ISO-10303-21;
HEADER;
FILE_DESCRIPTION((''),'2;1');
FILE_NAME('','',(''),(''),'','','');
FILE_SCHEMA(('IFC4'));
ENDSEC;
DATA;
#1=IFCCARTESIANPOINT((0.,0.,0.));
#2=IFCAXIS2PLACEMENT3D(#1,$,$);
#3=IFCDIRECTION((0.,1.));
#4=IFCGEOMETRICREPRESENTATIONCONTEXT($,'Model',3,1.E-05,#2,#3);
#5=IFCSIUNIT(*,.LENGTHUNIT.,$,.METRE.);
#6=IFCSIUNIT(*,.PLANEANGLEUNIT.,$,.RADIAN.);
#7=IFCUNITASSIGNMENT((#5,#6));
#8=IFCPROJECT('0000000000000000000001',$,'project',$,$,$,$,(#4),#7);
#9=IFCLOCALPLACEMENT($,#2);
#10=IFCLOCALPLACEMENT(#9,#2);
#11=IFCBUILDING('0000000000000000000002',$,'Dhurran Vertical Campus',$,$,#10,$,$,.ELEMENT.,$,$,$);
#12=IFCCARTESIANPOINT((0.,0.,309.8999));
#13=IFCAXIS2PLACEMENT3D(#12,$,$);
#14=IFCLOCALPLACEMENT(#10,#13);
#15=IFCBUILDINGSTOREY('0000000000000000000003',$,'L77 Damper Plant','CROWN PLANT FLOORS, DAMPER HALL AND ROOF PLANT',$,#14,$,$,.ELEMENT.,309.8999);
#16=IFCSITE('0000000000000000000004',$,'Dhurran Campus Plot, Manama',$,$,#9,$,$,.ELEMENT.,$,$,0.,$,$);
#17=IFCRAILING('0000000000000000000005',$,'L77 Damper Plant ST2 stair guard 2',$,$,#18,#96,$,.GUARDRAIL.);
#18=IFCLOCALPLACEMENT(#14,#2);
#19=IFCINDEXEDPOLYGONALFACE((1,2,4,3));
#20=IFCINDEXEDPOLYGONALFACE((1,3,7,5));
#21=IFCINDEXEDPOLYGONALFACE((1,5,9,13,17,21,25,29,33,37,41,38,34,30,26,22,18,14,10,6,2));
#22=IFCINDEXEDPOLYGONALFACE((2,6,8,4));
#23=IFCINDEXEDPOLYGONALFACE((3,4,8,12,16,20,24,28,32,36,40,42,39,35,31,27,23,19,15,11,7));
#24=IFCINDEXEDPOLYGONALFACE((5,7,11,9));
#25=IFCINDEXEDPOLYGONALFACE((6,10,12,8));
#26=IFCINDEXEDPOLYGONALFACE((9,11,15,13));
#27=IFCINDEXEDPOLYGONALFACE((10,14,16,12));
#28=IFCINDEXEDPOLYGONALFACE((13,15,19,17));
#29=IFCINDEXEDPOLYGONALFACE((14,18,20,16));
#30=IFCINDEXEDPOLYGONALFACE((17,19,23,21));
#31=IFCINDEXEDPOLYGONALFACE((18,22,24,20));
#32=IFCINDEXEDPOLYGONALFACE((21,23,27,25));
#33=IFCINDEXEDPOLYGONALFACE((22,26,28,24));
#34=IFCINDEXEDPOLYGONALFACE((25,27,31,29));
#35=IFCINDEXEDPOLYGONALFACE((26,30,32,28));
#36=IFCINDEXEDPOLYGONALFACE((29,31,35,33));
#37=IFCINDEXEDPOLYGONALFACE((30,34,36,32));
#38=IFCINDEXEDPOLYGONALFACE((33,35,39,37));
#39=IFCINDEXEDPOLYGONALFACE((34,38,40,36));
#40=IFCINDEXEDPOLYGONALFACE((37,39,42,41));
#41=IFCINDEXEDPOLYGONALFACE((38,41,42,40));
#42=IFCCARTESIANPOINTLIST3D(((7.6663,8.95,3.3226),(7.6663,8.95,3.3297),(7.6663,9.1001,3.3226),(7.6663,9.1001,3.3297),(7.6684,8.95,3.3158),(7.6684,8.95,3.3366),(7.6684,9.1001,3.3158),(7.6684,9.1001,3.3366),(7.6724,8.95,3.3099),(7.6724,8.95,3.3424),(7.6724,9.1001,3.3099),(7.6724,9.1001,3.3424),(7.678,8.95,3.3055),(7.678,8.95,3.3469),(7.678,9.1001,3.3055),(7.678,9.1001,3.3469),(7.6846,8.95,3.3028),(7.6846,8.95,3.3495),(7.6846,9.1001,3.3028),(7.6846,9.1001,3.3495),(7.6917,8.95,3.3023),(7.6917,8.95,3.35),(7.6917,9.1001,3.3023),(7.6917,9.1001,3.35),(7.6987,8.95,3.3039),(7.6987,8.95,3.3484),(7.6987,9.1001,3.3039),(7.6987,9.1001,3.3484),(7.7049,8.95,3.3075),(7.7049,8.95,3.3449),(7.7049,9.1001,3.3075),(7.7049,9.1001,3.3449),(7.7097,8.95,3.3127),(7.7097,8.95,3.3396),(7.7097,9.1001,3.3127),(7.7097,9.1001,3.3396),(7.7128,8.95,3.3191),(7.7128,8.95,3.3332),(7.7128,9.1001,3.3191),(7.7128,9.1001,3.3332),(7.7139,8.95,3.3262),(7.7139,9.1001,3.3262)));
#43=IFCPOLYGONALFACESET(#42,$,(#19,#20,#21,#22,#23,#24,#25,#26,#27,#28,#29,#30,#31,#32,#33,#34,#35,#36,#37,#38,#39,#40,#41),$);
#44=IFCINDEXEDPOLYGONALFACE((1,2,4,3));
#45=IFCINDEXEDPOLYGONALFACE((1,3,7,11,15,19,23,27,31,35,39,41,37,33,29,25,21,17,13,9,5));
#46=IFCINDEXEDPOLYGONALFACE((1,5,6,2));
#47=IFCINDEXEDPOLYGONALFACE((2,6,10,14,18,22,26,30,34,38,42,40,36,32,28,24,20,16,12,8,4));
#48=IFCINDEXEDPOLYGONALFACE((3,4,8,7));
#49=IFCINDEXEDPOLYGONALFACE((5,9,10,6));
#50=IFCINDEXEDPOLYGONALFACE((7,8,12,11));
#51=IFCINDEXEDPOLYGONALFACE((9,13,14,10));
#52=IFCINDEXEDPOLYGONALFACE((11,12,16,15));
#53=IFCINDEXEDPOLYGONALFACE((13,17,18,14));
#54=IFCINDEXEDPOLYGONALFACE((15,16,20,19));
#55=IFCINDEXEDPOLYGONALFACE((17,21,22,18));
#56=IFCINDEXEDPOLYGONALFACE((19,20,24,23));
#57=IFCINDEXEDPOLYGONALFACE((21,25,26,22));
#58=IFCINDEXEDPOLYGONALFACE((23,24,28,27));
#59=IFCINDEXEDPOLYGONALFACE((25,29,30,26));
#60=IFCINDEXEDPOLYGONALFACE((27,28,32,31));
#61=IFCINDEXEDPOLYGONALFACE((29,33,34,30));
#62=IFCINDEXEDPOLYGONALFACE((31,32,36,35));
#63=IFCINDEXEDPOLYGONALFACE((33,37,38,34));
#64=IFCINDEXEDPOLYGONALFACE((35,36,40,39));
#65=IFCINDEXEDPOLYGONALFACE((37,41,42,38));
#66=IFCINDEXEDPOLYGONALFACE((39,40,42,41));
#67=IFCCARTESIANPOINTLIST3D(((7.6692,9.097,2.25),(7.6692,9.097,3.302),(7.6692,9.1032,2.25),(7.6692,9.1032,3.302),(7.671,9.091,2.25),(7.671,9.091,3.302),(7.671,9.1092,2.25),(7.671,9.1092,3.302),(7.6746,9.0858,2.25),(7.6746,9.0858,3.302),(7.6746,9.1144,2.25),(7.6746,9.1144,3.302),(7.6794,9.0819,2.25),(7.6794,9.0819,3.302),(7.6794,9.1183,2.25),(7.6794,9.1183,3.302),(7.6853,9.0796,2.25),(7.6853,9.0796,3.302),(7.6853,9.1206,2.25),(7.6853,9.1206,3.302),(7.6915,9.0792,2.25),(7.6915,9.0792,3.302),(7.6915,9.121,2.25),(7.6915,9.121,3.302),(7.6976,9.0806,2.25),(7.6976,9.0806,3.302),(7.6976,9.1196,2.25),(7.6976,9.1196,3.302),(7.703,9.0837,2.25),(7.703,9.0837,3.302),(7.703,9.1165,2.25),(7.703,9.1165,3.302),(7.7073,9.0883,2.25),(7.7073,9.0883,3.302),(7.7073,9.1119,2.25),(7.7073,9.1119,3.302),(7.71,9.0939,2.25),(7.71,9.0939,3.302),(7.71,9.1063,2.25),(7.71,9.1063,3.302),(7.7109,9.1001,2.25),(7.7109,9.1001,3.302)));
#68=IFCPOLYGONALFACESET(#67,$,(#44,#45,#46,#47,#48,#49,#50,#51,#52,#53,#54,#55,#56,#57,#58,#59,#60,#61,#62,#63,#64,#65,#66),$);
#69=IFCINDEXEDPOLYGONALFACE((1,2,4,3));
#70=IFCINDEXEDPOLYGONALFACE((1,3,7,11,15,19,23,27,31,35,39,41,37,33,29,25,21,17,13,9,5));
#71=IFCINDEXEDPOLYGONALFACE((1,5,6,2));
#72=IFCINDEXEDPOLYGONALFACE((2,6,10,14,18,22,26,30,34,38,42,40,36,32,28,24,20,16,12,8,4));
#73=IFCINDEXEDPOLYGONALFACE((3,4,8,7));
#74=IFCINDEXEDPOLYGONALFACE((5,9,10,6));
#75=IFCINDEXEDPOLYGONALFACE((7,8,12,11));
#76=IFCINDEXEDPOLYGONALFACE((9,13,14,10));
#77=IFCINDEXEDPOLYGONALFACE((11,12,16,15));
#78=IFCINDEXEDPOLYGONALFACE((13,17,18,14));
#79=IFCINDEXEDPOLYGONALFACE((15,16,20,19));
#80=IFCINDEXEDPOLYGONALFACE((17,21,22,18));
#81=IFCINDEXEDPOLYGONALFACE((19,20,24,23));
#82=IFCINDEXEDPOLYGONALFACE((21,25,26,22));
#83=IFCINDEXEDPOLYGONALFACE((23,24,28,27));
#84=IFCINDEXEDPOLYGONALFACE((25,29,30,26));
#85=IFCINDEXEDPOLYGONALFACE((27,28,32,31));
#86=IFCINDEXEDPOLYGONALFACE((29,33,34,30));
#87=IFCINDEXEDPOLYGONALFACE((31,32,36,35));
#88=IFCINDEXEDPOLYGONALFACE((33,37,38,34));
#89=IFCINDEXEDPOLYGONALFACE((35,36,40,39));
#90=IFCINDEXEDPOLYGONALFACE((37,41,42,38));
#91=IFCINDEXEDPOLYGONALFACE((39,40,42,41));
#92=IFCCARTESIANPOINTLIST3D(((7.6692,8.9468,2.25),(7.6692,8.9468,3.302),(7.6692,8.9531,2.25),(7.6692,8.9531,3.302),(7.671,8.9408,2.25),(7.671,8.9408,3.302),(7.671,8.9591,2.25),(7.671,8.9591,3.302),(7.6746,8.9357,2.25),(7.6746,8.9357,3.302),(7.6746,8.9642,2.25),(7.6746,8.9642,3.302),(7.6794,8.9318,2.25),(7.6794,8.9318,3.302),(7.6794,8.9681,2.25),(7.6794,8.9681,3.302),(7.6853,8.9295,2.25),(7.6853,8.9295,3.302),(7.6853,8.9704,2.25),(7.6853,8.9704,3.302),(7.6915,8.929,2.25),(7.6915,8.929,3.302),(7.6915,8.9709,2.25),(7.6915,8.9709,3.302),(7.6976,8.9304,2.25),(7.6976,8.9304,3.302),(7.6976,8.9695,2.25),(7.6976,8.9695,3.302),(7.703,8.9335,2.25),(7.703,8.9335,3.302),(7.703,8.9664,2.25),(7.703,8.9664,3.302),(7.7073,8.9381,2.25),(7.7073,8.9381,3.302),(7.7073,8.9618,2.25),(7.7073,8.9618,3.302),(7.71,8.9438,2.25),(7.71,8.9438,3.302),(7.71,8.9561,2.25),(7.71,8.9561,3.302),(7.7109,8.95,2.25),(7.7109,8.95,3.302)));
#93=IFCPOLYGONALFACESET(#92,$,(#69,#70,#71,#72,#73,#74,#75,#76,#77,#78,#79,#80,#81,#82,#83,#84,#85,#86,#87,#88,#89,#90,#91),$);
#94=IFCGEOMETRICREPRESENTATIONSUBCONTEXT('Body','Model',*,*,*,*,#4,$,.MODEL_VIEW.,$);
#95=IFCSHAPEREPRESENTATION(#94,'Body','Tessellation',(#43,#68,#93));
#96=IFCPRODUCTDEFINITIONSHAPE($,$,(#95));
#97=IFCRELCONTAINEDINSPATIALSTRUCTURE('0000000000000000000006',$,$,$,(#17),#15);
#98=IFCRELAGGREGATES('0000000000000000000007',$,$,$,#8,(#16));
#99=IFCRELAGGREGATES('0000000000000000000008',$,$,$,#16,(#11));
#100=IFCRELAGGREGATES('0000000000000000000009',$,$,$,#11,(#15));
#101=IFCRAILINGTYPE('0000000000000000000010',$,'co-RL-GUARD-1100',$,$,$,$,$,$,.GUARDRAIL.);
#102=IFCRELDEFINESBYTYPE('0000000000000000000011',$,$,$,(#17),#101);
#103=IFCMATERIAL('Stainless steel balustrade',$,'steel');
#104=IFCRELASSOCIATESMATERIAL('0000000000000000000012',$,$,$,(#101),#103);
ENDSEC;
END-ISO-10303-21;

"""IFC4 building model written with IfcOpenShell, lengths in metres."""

from ifc_helpers import new_model, si_unit, direction, frame, origin, origin_2d, place, context, subcontext, project, spatial, circle, extrude, material, type_object, element, save


model = new_model("IFC4")

# Units and contexts
model_context = context("Model", 3, precision=1e-05, world=origin(), true_north=direction((0.0, 1.0)))
body_context = subcontext(model_context, "Body", "Model", "MODEL_VIEW")
ifc_project = project(units=[si_unit("LENGTHUNIT", "METRE"), si_unit("PLANEANGLEUNIT", "RADIAN")], contexts=[model_context])

# Site, building, storey
site_placement = place(None, origin())
site = spatial("IfcSite", under=ifc_project, at=site_placement, Name="Dhurran Campus Plot, Manama", CompositionType="ELEMENT", RefElevation=0.0)
building_placement = place(site_placement, origin())
building = spatial("IfcBuilding", under=site, at=building_placement, Name="Dhurran Vertical Campus", CompositionType="ELEMENT")
storey_placement = place(building_placement, frame((0.0, 0.0, 309.8999)))
storey = spatial("IfcBuildingStorey", under=building, at=storey_placement, Name="L77 Damper Plant", Description="CROWN PLANT FLOORS, DAMPER HALL AND ROOF PLANT", CompositionType="ELEMENT", Elevation=309.8999)

# Railing
ifc_material_1 = material(Name="Stainless steel balustrade", Category="steel")
railing_type = type_object("IfcRailingType", Name="co-RL-GUARD-1100", PredefinedType="GUARDRAIL", material=ifc_material_1)
railing_1_placement = place(storey_placement, frame((7.6899, 9.1001, 2.25)))
element("IfcRailing", 1, at=railing_1_placement, inside=storey, type_object=railing_type, Name="L77 Damper Plant ST2 stair guard 2", PredefinedType="GUARDRAIL", context=body_context, shape_type="SweptSolid", body=[
    extrude(circle(Radius=0.0239, at=origin_2d()), frame((0.0, 0.0, 1.0762), z_axis=(0.0, -1.0, 0.0), x_axis=(1.0, 0.0, 0.0)), (0.0, 0.0, 1.0), 0.1501),
    extrude(circle(Radius=0.021, at=origin_2d()), origin(), (0.0, 0.0, 1.0), 1.052),
    extrude(circle(Radius=0.021, at=origin_2d()), frame((0.0, -0.1501, 0.0)), (0.0, 0.0, 1.0), 1.052),
])

save(model, "model.ifc")
